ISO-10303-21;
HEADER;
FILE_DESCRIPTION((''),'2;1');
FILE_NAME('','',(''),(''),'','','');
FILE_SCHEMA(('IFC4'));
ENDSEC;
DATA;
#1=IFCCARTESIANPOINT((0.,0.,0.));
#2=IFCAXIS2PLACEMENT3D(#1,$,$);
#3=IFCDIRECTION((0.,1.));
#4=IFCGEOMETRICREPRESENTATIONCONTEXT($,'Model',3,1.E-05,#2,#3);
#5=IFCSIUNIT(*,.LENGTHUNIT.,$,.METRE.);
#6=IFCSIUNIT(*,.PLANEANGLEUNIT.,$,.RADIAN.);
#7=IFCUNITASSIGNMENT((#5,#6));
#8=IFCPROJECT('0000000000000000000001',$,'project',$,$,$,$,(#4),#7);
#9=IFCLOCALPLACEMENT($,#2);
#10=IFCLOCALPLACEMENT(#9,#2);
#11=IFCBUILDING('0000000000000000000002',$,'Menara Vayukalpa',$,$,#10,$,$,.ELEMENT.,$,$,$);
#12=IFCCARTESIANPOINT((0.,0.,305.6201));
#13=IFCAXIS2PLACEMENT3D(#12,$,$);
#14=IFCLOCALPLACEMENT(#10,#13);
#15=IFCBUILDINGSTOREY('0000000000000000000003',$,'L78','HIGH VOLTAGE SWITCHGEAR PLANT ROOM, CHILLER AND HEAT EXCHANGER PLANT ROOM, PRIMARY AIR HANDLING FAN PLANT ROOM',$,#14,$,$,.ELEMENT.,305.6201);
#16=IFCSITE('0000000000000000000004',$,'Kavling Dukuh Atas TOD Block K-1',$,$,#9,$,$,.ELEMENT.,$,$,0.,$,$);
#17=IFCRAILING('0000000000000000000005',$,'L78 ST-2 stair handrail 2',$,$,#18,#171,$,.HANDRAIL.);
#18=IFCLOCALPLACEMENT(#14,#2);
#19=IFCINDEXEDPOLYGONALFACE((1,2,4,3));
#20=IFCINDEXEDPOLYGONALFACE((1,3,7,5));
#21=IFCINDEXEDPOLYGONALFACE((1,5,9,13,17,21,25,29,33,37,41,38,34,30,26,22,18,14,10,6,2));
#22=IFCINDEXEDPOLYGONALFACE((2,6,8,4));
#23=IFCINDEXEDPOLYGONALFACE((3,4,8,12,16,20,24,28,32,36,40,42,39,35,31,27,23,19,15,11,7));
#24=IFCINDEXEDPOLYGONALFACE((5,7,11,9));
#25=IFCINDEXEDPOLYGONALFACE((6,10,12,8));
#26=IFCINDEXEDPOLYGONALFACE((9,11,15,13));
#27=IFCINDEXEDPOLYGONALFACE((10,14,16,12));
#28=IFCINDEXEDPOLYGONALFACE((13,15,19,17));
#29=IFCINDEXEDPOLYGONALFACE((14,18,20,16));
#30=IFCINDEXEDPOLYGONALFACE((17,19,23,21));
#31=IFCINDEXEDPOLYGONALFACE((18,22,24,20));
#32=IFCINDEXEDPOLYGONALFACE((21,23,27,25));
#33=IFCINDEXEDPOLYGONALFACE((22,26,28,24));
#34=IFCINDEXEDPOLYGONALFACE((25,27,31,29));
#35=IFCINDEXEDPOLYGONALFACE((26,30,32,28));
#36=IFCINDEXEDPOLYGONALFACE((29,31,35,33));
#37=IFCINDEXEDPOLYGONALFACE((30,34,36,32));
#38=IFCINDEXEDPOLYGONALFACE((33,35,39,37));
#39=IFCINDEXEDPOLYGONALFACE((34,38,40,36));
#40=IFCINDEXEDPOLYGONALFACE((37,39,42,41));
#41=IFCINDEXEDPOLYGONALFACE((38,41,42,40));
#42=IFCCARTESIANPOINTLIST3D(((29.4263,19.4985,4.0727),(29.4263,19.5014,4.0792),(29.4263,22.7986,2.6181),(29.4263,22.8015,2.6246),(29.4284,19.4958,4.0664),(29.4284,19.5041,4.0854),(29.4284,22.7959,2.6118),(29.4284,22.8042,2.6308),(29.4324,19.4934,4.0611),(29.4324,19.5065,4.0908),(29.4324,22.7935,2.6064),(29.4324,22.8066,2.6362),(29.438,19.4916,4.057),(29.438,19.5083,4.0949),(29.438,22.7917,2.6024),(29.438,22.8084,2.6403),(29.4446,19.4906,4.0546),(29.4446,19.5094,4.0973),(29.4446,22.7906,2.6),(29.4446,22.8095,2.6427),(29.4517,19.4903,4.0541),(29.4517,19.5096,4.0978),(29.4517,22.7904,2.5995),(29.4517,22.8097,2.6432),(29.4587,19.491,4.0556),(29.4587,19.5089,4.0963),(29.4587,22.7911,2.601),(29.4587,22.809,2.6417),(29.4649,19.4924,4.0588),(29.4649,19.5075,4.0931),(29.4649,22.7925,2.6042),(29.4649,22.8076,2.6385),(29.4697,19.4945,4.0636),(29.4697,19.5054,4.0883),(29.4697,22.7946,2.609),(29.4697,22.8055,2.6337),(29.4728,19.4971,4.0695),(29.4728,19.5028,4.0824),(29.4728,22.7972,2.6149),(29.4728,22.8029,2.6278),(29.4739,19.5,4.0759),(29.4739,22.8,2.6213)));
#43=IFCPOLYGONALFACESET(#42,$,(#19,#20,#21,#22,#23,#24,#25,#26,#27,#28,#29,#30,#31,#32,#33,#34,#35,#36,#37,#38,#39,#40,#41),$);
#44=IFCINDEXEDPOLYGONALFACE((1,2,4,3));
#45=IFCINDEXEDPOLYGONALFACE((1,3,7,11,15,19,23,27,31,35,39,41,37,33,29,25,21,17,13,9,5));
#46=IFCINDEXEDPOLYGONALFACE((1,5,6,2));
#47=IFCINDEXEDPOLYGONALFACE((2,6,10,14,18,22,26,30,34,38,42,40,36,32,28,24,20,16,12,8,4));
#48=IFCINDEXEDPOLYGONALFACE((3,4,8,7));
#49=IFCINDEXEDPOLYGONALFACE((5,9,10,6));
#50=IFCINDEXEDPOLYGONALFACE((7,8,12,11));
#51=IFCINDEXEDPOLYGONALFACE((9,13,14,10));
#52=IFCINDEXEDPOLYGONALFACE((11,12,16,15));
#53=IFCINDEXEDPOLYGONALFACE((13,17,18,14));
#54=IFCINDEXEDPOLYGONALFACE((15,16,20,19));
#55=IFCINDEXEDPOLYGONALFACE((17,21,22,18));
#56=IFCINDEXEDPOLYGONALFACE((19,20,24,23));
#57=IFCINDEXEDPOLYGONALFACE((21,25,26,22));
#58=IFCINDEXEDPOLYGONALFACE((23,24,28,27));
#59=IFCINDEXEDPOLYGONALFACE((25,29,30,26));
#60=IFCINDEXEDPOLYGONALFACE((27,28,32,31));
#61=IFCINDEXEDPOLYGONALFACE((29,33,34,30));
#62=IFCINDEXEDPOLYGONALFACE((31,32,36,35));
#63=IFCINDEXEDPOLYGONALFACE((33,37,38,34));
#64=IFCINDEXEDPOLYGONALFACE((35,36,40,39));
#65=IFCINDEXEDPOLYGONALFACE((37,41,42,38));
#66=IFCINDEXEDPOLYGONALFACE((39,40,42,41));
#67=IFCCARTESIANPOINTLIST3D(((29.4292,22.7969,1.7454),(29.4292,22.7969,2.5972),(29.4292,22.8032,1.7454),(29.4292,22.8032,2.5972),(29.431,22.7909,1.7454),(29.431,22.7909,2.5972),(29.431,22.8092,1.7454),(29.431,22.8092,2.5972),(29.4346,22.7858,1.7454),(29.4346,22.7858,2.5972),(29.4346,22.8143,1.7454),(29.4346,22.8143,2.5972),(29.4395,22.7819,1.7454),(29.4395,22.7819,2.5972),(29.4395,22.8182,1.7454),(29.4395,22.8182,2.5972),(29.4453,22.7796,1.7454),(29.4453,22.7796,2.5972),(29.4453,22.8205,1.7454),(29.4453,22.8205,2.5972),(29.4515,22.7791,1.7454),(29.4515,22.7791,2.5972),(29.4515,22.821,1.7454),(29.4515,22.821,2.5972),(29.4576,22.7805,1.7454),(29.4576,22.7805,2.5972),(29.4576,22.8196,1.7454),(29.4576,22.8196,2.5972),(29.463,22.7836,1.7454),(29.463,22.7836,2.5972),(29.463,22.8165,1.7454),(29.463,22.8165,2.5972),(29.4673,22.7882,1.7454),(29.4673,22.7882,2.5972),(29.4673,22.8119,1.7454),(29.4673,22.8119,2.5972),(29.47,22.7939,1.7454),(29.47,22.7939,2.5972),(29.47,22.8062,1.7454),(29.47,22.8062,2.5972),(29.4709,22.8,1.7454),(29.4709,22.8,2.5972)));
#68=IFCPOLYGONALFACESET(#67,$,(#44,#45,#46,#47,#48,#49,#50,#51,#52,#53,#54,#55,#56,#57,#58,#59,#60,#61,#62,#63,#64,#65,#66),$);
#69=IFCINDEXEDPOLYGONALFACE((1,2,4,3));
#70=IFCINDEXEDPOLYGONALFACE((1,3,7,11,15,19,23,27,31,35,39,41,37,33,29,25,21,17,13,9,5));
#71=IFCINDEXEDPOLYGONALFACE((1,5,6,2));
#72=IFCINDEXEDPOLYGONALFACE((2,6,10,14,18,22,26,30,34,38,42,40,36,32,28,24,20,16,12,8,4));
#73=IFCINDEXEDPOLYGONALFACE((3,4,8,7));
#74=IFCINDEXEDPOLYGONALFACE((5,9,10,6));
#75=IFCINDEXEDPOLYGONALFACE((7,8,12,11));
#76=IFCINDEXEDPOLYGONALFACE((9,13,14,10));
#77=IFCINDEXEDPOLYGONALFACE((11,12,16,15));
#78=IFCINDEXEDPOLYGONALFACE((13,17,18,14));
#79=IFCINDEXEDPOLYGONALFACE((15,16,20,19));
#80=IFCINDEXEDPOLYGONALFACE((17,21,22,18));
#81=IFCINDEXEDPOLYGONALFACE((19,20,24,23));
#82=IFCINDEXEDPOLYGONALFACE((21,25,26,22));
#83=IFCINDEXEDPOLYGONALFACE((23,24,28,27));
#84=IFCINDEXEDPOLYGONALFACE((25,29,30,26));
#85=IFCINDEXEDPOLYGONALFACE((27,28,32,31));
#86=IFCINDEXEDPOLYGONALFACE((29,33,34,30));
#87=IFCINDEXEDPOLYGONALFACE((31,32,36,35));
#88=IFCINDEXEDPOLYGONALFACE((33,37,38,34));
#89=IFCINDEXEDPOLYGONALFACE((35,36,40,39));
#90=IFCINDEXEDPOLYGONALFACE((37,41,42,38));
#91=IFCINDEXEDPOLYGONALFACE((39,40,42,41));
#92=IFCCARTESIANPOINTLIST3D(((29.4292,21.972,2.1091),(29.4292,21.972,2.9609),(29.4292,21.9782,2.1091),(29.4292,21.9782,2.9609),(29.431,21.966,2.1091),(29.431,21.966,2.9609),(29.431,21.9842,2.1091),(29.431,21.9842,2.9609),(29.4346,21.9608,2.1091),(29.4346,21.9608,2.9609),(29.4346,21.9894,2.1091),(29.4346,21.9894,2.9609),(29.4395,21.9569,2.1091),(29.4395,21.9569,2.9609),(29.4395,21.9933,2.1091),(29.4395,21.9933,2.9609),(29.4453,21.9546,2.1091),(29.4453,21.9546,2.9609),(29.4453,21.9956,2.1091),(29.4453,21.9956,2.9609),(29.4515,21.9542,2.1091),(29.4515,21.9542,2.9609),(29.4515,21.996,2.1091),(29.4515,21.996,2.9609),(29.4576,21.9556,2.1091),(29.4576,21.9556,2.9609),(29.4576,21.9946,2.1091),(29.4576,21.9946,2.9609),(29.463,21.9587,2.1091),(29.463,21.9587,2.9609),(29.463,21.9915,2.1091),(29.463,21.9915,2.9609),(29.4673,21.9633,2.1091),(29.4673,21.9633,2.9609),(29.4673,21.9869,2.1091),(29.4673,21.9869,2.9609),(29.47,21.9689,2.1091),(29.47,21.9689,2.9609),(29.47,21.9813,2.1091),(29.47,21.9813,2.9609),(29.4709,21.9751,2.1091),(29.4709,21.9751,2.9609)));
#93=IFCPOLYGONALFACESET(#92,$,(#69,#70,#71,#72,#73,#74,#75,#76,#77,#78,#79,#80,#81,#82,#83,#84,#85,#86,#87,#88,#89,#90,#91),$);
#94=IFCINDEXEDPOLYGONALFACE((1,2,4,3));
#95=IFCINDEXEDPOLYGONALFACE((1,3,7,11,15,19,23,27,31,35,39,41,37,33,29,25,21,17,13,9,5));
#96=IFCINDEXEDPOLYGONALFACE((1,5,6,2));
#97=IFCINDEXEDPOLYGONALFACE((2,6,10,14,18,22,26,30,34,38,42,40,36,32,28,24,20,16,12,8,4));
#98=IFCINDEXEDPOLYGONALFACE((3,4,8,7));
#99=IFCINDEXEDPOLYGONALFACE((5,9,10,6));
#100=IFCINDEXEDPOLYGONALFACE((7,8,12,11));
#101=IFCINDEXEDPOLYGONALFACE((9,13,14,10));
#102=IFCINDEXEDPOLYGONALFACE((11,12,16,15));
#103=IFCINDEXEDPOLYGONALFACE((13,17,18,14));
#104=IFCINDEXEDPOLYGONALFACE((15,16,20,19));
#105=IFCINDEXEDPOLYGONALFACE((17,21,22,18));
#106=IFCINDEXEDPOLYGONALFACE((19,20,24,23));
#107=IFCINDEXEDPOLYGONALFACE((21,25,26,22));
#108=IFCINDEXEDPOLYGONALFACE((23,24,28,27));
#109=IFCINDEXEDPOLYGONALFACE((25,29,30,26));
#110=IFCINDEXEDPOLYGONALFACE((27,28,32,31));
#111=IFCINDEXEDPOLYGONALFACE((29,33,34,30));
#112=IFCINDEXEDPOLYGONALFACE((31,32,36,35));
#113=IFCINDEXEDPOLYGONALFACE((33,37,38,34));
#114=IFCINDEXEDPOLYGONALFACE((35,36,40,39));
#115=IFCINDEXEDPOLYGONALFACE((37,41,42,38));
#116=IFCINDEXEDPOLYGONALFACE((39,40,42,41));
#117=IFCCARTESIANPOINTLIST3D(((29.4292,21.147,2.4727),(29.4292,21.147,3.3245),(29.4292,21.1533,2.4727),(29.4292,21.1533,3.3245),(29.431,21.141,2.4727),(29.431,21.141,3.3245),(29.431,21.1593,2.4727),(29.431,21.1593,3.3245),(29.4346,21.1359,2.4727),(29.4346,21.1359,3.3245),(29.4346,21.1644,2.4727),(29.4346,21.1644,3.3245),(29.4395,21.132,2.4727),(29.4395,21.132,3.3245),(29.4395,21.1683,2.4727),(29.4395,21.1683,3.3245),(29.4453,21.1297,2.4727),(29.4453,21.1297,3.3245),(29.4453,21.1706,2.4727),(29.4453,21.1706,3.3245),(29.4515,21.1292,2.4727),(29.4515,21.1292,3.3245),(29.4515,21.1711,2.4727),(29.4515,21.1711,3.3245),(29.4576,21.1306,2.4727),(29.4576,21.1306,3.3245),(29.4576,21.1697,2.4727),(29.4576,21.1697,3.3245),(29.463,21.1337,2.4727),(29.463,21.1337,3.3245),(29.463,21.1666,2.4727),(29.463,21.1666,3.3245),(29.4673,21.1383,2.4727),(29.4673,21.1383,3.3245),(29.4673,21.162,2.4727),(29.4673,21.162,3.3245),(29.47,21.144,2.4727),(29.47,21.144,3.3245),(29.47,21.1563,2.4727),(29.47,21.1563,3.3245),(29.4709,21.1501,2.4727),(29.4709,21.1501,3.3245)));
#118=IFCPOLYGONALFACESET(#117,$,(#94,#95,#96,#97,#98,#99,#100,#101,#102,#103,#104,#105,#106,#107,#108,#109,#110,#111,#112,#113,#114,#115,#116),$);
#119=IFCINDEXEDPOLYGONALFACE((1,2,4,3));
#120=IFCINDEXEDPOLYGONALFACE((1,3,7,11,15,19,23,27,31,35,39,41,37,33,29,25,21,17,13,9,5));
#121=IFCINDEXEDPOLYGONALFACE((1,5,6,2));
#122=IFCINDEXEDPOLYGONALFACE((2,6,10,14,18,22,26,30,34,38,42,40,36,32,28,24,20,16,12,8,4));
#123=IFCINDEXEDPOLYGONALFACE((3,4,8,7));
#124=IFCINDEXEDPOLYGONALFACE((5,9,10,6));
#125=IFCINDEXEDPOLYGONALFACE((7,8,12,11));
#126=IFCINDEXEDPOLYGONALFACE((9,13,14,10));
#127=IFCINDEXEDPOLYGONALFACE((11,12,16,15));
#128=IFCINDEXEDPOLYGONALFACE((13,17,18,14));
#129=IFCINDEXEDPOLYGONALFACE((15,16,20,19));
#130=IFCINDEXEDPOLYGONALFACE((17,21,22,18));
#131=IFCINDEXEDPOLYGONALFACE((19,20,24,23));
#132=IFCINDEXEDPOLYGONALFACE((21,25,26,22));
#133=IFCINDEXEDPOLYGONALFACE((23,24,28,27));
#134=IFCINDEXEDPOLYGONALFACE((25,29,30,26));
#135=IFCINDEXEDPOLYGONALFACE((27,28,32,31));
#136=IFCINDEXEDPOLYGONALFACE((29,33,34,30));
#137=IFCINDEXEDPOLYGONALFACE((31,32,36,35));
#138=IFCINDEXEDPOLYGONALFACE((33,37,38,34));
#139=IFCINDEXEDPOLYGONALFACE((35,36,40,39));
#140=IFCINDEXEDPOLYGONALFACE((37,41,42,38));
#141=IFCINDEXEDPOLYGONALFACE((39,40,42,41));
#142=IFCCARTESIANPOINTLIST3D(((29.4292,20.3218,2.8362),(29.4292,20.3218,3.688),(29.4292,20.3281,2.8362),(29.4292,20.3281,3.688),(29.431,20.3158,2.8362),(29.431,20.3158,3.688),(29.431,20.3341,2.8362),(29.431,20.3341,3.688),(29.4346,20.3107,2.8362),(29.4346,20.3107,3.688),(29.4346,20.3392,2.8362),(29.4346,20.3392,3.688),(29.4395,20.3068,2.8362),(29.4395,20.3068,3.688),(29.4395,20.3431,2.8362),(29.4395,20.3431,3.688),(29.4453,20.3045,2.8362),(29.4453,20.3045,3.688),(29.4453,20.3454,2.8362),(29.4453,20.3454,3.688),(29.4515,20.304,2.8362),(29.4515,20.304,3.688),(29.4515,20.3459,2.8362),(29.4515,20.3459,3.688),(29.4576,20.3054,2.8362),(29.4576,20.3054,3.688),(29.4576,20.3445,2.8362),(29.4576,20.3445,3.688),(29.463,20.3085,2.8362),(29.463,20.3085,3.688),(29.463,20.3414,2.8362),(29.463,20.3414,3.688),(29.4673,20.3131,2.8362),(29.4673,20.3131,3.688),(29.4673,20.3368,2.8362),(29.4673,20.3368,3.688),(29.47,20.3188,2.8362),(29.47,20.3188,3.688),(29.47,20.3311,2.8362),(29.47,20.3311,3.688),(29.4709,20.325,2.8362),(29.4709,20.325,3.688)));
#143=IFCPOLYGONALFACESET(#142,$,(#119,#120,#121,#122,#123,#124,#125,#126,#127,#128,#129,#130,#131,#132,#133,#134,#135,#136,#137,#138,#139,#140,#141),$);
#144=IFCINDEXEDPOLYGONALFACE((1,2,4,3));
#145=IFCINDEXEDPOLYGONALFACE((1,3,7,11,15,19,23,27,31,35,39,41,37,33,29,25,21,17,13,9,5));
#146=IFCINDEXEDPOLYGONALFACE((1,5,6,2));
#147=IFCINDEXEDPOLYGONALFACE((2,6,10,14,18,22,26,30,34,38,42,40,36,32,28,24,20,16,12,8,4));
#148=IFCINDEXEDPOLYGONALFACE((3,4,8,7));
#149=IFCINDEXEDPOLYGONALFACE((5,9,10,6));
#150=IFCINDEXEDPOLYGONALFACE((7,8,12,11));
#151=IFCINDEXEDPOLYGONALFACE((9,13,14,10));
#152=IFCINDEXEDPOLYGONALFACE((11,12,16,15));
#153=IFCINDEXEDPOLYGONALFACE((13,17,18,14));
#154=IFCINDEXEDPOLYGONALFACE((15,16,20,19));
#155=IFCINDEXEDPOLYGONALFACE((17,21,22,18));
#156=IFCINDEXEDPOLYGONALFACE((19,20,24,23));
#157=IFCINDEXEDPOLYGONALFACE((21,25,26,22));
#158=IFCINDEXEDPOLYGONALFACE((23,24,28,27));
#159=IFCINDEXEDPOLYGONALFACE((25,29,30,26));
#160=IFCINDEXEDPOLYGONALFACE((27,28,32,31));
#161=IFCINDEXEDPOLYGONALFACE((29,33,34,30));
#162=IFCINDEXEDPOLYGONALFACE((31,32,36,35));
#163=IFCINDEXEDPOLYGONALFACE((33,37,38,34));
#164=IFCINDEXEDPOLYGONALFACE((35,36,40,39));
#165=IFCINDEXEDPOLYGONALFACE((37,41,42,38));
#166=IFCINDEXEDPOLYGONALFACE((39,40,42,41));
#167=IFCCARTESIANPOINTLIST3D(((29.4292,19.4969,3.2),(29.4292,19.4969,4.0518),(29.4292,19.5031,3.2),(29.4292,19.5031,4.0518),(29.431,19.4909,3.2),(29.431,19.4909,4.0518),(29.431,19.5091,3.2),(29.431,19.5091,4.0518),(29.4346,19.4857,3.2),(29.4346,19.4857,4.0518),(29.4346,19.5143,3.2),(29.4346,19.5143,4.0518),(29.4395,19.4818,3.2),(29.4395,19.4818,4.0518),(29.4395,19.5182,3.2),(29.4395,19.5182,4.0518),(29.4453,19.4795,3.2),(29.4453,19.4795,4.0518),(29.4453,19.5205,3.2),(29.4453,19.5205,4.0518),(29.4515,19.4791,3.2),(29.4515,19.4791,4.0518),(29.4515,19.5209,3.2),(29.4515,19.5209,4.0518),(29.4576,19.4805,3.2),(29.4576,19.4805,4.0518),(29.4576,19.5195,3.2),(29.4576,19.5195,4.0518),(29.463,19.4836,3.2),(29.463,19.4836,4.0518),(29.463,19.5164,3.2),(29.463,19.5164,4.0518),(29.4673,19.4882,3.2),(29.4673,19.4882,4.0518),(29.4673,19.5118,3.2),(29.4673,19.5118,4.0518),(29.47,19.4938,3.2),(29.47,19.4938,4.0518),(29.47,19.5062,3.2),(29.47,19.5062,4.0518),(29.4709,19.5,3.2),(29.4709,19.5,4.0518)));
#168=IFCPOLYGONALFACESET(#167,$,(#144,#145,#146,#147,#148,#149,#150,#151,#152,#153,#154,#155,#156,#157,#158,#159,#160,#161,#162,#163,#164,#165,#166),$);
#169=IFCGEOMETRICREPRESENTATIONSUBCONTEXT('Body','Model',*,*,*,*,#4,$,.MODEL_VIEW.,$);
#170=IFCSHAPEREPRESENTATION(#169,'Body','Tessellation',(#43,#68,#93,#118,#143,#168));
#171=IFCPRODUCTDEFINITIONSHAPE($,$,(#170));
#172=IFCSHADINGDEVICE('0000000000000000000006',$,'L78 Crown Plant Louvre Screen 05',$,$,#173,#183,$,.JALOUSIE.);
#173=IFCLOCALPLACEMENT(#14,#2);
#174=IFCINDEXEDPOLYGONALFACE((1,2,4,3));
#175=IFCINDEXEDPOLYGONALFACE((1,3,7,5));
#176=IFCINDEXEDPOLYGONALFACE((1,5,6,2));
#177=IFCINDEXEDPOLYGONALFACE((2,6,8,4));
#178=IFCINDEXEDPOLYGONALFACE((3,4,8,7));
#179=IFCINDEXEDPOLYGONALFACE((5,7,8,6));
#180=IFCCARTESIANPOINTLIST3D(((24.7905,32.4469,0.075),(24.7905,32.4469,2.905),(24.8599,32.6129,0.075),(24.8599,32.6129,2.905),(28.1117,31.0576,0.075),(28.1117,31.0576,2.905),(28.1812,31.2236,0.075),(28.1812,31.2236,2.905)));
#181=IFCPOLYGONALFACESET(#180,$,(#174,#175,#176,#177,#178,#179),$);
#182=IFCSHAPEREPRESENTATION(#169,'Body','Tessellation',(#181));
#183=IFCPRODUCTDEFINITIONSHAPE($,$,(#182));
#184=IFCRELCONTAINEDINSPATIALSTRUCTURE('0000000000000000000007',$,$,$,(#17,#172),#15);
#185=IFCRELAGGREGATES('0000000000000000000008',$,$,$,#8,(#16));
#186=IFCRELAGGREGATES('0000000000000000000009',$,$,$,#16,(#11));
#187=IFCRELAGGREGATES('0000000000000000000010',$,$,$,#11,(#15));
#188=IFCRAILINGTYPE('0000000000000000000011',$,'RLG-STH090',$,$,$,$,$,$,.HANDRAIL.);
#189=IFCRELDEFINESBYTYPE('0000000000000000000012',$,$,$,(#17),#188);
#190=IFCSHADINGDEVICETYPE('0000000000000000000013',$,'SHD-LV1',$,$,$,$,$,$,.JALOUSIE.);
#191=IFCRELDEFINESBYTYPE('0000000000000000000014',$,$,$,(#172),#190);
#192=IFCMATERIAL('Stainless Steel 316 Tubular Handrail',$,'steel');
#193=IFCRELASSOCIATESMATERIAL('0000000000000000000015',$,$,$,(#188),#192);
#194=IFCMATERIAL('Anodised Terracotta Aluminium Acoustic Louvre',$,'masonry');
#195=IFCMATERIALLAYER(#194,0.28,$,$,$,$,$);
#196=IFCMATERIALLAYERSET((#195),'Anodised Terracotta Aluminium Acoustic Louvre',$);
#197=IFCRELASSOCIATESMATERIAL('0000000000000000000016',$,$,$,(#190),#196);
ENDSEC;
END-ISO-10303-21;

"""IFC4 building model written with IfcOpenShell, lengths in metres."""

from ifc_helpers import new_model, si_unit, direction, frame, origin, origin_2d, place, context, subcontext, project, spatial, rectangle, circle, extrude, material, layer, layer_set, type_object, element, save


model = new_model("IFC4")

# Units and contexts
model_context = context("Model", 3, precision=1e-05, world=origin(), true_north=direction((0.0, 1.0)))
body_context = subcontext(model_context, "Body", "Model", "MODEL_VIEW")
ifc_project = project(units=[si_unit("LENGTHUNIT", "METRE"), si_unit("PLANEANGLEUNIT", "RADIAN")], contexts=[model_context])

# Site, building, storey
site_placement = place(None, origin())
site = spatial("IfcSite", under=ifc_project, at=site_placement, Name="Kavling Dukuh Atas TOD Block K-1", CompositionType="ELEMENT", RefElevation=0.0)
building_placement = place(site_placement, origin())
building = spatial("IfcBuilding", under=site, at=building_placement, Name="Menara Vayukalpa", CompositionType="ELEMENT")
storey_placement = place(building_placement, frame((0.0, 0.0, 305.6201)))
storey = spatial("IfcBuildingStorey", under=building, at=storey_placement, Name="L78", Description="HIGH VOLTAGE SWITCHGEAR PLANT ROOM, CHILLER AND HEAT EXCHANGER PLANT ROOM, PRIMARY AIR HANDLING FAN PLANT ROOM", CompositionType="ELEMENT", Elevation=305.6201)

# Railing
ifc_material_1 = material(Name="Stainless Steel 316 Tubular Handrail", Category="steel")
railing_type_1 = type_object("IfcRailingType", Name="RLG-STH090", PredefinedType="HANDRAIL", material=ifc_material_1)
railing_1_placement = place(storey_placement, frame((29.45, 22.8, 1.7454)))
element("IfcRailing", 1, at=railing_1_placement, inside=storey, type_object=railing_type_1, Name="L78 ST-2 stair handrail 2", PredefinedType="HANDRAIL", context=body_context, shape_type="SweptSolid", body=[
    extrude(circle(Radius=0.0239, at=origin_2d()), frame((0.0, 0.0, 0.876), z_axis=(0.0, -0.915052, 0.403335), x_axis=(1.0, 0.0, 0.0)), (0.0, 0.0, 1.0), 3.6064),
    extrude(circle(Radius=0.021, at=origin_2d()), origin(), (0.0, 0.0, 1.0), 0.8518),
    extrude(circle(Radius=0.021, at=origin_2d()), frame((0.0, -0.825, 0.3638)), (0.0, 0.0, 1.0), 0.8518),
    extrude(circle(Radius=0.021, at=origin_2d()), frame((0.0, -1.6499, 0.7273)), (0.0, 0.0, 1.0), 0.8518),
    extrude(circle(Radius=0.021, at=origin_2d()), frame((0.0, -2.4751, 1.0908)), (0.0, 0.0, 1.0), 0.8518),
    extrude(circle(Radius=0.021, at=origin_2d()), frame((0.0, -3.3, 1.4546)), (0.0, 0.0, 1.0), 0.8518),
])

# Shading device
ifc_material_2 = material(Name="Anodised Terracotta Aluminium Acoustic Louvre", Category="masonry")
ifc_layer_1 = layer(ifc_material_2, 0.28)
ifc_layer_set_1 = layer_set([ifc_layer_1], Name="Anodised Terracotta Aluminium Acoustic Louvre")
shading_device_type = type_object("IfcShadingDeviceType", Name="SHD-LV1", PredefinedType="JALOUSIE", material=ifc_layer_set_1)
shading_device_placement = place(storey_placement, frame((26.4858, 31.8352, 0.075), z_axis=(0.0, 0.0, 1.0), x_axis=(-0.922538, 0.385906, 0.0)))
element("IfcShadingDevice", 2, at=shading_device_placement, inside=storey, type_object=shading_device_type, Name="L78 Crown Plant Louvre Screen 05", PredefinedType="JALOUSIE", context=body_context, shape_type="SweptSolid", body=[
    extrude(rectangle(XDim=3.6001, YDim=0.1799, at=origin_2d()), origin(), (0.0, 0.0, 1.0), 2.8301),
])

save(model, "model.ifc")
